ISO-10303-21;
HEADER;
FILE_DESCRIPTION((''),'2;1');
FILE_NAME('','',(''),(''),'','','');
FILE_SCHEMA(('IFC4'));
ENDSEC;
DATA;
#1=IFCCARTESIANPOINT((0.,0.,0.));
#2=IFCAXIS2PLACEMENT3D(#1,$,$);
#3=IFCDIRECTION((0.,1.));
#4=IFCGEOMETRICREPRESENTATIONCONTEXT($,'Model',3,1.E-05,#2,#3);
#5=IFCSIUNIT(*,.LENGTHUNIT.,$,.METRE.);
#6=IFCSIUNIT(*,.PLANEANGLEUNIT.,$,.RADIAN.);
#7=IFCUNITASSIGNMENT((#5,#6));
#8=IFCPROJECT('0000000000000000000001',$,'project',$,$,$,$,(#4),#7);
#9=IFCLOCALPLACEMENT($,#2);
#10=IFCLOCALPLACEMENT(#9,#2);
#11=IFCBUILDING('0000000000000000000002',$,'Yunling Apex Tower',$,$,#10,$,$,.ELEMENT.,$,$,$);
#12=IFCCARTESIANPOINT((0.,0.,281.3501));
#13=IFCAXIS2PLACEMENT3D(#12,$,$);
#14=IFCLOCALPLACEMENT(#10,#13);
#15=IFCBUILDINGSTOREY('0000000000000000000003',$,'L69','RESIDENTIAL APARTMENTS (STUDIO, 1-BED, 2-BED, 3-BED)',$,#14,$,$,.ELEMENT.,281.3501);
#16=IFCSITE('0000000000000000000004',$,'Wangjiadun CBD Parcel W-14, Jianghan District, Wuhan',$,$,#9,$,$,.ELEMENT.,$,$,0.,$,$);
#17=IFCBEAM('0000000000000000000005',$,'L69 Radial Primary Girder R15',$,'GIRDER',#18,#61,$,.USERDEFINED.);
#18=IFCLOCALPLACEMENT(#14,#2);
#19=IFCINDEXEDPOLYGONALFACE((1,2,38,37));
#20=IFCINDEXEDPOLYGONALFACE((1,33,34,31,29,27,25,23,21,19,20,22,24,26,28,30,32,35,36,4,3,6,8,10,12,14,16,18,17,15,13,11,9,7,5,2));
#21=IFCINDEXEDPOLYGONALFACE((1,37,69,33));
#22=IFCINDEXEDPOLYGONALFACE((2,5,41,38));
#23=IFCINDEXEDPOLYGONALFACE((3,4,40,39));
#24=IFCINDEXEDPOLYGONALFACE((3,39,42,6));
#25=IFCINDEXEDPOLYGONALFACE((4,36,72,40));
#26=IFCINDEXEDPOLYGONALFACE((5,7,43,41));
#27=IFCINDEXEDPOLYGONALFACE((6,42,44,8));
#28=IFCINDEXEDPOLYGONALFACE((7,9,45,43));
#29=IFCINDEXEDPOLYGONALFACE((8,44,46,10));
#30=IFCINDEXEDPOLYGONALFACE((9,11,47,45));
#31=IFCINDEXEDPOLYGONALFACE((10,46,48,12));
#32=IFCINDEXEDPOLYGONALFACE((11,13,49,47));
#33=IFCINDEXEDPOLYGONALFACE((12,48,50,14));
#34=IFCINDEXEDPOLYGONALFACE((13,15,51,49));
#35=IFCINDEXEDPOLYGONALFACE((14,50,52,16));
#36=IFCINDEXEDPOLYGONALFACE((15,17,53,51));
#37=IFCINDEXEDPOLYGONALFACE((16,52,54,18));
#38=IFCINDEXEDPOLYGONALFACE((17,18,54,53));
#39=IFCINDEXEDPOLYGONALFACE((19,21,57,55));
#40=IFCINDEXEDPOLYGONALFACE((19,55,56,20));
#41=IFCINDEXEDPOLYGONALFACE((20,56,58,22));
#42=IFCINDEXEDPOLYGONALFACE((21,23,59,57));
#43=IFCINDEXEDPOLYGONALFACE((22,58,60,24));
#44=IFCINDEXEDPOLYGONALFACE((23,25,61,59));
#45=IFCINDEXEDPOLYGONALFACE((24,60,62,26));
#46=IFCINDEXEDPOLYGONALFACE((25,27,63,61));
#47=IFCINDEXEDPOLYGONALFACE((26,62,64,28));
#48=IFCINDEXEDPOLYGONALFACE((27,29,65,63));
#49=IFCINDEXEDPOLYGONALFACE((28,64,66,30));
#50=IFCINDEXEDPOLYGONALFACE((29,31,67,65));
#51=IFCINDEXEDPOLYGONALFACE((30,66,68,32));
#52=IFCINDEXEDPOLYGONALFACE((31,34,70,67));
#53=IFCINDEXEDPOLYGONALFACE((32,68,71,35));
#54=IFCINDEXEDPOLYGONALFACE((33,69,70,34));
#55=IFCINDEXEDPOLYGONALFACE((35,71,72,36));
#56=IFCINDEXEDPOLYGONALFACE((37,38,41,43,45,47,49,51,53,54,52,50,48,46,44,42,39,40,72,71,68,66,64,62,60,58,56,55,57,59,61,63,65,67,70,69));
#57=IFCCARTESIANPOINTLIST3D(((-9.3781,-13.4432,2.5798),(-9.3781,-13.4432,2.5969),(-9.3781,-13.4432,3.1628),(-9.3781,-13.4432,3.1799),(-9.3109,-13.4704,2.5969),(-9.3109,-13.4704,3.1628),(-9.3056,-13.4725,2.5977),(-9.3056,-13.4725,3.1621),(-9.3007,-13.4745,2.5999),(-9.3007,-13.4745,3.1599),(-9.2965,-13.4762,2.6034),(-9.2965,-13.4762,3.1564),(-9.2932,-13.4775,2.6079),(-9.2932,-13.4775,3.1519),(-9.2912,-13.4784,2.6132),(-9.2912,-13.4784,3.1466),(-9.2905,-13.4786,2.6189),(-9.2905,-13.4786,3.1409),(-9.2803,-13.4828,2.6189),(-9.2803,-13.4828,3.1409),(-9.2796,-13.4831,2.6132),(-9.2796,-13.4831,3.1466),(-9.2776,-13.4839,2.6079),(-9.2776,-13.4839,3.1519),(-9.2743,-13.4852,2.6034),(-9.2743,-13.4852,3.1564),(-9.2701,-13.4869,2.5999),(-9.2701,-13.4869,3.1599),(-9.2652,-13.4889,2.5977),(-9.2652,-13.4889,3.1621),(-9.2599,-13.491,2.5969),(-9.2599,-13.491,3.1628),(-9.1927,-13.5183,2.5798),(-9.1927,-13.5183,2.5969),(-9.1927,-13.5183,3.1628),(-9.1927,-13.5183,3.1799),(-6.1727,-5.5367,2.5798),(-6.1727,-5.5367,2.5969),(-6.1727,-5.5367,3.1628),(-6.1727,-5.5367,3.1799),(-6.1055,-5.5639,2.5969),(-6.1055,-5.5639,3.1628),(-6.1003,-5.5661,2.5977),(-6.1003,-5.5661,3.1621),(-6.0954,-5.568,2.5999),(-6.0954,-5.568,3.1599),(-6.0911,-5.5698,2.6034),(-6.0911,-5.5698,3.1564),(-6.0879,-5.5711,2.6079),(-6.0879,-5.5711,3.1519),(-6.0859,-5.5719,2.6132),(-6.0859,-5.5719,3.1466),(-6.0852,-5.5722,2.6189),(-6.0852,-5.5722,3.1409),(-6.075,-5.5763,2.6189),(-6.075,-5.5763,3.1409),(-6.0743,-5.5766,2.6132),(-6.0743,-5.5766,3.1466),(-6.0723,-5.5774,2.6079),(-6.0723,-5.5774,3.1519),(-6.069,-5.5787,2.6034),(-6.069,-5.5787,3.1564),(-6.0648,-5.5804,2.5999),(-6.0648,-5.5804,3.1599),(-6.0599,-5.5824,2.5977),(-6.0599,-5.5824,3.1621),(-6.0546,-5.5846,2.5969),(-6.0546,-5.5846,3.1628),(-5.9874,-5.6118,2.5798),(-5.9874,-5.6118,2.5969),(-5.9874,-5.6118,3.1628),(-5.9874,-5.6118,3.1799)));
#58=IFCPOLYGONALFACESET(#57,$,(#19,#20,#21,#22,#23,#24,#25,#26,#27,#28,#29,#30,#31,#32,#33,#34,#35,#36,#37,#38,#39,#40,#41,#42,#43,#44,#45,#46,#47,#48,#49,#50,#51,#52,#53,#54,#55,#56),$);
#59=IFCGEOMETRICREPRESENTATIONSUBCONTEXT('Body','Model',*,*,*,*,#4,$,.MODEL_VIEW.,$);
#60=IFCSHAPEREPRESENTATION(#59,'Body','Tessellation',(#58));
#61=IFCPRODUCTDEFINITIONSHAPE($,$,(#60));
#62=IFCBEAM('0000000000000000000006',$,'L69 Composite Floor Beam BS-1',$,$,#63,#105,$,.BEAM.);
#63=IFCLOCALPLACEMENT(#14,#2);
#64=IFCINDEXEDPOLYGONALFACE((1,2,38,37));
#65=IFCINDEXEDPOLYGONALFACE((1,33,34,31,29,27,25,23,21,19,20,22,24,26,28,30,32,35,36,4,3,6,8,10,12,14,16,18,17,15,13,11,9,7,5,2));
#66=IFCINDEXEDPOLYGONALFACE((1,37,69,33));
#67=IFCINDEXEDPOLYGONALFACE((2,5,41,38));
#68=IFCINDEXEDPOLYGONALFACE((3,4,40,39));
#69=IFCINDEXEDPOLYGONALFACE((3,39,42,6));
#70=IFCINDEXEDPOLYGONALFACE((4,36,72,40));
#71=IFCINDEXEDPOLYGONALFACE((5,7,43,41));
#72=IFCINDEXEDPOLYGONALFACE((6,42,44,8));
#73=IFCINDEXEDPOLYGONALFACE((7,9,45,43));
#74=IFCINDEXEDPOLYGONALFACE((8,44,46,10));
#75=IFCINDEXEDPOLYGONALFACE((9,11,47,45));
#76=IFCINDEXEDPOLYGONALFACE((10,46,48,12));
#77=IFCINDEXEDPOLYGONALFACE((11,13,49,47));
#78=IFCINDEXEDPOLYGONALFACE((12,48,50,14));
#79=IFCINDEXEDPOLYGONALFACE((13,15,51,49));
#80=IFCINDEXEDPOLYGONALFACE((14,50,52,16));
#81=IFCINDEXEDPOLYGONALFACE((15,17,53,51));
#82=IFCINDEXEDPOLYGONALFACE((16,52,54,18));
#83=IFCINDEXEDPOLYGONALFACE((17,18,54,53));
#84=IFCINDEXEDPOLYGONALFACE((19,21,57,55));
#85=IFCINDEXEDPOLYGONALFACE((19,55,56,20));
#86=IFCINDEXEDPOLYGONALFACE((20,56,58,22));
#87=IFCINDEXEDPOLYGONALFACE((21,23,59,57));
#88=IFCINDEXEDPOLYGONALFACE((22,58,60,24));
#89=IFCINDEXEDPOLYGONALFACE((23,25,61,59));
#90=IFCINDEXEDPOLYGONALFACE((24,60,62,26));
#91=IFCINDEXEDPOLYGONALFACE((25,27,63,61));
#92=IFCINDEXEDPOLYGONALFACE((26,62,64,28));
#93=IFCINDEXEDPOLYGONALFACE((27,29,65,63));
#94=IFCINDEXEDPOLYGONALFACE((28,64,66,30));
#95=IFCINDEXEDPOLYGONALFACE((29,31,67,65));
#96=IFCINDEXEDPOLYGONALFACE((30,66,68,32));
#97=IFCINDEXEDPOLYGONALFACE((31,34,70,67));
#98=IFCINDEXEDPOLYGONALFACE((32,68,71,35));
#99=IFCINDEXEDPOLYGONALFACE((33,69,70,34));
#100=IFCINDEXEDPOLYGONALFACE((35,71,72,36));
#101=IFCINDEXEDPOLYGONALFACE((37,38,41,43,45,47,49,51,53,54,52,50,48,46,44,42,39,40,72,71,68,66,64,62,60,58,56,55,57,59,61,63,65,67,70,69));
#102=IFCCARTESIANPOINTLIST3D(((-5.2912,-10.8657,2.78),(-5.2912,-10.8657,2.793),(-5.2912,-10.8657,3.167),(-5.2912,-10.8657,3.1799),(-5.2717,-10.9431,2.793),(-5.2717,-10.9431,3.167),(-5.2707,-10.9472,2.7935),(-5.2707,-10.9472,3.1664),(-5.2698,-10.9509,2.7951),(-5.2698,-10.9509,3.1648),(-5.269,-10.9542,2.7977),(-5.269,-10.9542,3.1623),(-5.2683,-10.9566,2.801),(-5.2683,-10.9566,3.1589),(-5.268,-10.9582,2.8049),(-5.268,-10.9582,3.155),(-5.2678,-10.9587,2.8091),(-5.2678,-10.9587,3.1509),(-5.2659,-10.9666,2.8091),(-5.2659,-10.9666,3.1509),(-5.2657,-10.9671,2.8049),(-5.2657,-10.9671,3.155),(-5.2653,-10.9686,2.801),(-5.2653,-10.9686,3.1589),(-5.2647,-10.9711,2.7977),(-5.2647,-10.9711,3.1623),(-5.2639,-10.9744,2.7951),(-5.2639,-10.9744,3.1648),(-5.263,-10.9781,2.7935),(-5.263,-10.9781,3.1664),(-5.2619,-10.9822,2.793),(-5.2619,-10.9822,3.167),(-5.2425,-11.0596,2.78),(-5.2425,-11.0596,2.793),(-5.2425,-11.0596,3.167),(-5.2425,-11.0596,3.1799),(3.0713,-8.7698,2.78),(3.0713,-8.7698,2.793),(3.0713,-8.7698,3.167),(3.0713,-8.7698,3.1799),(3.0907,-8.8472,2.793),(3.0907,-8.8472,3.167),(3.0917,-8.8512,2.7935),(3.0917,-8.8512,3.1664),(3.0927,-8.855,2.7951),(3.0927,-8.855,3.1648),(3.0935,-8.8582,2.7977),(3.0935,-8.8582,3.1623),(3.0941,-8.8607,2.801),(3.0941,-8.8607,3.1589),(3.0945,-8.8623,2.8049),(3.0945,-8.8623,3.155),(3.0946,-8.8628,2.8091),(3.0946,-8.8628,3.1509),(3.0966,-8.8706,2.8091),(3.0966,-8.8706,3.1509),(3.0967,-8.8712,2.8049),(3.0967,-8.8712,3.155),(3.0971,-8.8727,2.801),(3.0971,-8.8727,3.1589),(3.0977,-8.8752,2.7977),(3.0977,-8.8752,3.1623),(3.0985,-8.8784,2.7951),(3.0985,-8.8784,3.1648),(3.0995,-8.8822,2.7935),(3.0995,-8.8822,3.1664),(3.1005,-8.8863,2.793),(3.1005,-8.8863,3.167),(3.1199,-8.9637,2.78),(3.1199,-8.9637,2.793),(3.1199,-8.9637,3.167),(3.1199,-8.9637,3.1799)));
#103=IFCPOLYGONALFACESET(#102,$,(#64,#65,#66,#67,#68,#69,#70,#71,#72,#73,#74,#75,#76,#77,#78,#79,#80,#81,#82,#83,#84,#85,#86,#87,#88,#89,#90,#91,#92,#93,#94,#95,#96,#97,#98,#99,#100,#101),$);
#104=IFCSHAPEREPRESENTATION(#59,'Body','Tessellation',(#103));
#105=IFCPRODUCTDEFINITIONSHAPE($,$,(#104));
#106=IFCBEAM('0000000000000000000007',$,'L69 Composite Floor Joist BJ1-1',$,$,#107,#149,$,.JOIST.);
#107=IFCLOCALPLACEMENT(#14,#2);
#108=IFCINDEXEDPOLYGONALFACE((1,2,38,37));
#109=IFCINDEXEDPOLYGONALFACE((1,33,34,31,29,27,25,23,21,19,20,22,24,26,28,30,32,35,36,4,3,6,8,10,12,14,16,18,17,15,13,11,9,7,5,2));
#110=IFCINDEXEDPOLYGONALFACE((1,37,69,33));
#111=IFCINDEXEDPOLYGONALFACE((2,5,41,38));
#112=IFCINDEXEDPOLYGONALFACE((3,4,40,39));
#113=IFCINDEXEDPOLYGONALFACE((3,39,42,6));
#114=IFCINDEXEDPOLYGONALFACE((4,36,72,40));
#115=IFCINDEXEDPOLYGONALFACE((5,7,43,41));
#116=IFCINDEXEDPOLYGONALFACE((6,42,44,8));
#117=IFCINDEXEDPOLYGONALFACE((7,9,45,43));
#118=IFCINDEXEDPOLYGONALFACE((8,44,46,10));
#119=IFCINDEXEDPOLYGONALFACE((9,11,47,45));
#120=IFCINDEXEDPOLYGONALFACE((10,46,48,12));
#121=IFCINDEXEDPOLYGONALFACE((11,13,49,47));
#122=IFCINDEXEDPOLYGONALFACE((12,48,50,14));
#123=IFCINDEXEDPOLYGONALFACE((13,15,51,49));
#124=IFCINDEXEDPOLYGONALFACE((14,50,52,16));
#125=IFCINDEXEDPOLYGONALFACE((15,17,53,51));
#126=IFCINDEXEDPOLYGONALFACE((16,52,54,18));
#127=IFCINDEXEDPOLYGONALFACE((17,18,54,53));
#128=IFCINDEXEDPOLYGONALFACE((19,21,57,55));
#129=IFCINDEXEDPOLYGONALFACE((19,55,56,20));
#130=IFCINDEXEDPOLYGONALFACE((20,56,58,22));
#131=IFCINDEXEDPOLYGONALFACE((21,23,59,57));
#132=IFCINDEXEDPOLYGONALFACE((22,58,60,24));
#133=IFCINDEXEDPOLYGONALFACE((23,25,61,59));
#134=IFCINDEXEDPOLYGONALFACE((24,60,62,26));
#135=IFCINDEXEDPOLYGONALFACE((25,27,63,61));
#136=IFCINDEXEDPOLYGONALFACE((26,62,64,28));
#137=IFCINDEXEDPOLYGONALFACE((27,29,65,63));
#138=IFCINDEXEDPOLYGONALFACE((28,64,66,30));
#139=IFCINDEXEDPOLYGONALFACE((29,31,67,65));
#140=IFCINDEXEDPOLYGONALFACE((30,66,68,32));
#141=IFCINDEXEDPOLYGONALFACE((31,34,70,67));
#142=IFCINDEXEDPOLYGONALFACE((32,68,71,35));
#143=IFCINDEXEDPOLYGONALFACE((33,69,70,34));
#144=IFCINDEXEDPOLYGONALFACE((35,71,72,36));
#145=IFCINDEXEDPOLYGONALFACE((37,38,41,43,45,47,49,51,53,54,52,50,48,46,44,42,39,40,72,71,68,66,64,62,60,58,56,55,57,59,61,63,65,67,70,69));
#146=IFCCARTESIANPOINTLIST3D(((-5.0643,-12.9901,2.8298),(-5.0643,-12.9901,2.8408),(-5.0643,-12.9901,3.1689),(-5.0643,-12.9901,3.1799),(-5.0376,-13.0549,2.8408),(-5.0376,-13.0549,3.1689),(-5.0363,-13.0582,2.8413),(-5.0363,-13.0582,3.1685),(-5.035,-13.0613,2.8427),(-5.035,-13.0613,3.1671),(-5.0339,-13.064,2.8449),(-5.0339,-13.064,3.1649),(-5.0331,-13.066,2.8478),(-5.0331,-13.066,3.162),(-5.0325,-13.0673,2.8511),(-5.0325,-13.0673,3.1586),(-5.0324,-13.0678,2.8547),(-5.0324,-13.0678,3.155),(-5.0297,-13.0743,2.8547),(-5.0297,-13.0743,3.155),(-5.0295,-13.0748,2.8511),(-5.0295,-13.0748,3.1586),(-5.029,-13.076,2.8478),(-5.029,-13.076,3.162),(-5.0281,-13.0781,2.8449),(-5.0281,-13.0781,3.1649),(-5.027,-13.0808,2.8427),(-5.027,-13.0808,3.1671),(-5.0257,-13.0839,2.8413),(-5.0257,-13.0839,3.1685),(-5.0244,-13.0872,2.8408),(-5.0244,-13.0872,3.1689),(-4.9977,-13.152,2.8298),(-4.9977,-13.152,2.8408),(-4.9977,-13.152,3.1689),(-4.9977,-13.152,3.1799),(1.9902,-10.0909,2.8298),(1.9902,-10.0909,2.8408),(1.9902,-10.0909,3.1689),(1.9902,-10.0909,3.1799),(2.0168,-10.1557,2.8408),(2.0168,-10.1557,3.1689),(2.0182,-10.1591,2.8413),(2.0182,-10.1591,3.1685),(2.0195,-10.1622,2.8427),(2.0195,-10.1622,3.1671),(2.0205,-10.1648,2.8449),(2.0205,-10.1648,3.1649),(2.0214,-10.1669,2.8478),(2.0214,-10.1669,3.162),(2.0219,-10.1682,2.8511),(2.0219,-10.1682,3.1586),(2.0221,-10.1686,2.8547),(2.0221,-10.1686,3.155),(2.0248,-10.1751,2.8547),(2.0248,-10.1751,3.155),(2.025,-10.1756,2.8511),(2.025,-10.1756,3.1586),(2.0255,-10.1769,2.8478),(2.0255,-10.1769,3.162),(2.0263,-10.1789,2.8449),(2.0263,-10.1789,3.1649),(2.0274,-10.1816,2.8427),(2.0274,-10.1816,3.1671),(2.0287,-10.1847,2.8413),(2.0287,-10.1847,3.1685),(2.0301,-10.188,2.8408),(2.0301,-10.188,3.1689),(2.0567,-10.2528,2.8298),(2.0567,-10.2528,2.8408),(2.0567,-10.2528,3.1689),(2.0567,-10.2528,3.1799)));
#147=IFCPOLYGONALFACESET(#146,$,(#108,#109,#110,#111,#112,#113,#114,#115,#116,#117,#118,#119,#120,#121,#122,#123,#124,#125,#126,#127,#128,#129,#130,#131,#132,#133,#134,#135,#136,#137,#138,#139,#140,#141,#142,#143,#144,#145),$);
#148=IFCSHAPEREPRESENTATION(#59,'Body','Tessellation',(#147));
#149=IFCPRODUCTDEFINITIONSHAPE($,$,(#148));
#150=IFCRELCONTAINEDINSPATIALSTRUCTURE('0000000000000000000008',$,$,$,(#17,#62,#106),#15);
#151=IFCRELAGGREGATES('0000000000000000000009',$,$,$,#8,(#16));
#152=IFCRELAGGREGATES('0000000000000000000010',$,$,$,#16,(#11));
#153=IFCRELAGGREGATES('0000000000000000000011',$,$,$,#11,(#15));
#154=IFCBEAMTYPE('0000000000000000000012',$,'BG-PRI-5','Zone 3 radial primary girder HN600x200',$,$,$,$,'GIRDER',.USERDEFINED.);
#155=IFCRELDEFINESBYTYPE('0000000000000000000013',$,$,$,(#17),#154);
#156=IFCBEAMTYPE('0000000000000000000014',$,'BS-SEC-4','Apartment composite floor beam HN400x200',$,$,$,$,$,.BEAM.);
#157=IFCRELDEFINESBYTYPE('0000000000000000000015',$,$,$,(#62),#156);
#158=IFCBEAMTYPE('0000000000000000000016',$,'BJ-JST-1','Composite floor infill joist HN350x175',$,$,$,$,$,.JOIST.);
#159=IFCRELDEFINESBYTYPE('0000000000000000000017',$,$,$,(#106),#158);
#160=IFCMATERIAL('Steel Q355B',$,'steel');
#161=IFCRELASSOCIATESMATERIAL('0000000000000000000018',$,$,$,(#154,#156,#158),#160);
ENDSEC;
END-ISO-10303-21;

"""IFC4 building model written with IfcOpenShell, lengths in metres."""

from ifc_helpers import new_model, si_unit, direction, frame, origin, origin_2d, place, context, subcontext, project, spatial, i_section, extrude, source, transform, mapped, material, material_profile, profile_set, type_object, element, save


model = new_model("IFC4")

# Units and contexts
model_context = context("Model", 3, precision=1e-05, world=origin(), true_north=direction((0.0, 1.0)))
body_context = subcontext(model_context, "Body", "Model", "MODEL_VIEW")
ifc_project = project(units=[si_unit("LENGTHUNIT", "METRE"), si_unit("PLANEANGLEUNIT", "RADIAN")], contexts=[model_context])

# Site, building, storey
site_placement = place(None, origin())
site = spatial("IfcSite", under=ifc_project, at=site_placement, Name="Wangjiadun CBD Parcel W-14, Jianghan District, Wuhan", CompositionType="ELEMENT", RefElevation=0.0)
building_placement = place(site_placement, origin())
building = spatial("IfcBuilding", under=site, at=building_placement, Name="Yunling Apex Tower", CompositionType="ELEMENT")
storey_placement = place(building_placement, frame((0.0, 0.0, 281.3501)))
storey = spatial("IfcBuildingStorey", under=building, at=storey_placement, Name="L69", Description="RESIDENTIAL APARTMENTS (STUDIO, 1-BED, 2-BED, 3-BED)", CompositionType="ELEMENT", Elevation=281.3501)

# Shared definitions
ifc_material_1 = material(Name="Steel Q355B", Category="steel")

# Beams
ifc_material_profile_1 = material_profile(ifc_material_1, i_section(OverallWidth=0.2, OverallDepth=0.6001, WebThickness=0.011, FlangeThickness=0.0171, FilletRadius=0.022, at=origin_2d()))
ifc_profile_set_1 = profile_set([ifc_material_profile_1], Name="Steel Q355B")
beam_type_1 = type_object("IfcBeamType", Name="BG-PRI-5", Description="Zone 3 radial primary girder HN600x200", ElementType="GIRDER", PredefinedType="USERDEFINED", material=ifc_profile_set_1)
shared_shape_1 = source(origin(), body_context, "Body", "SweptSolid", [
    extrude(i_section(OverallWidth=0.2, OverallDepth=0.6001, WebThickness=0.011, FlangeThickness=0.0171, FilletRadius=0.022, at=origin_2d()), origin(), (0.0, 0.0, 1.0), 8.5315),
])
beam_1_placement = place(storey_placement, frame((-9.2854, -13.4807, 2.8799), z_axis=(0.375704, 0.92674, 0.0), x_axis=(-0.92674, 0.375704, 0.0)))
element("IfcBeam", 1, at=beam_1_placement, inside=storey, type_object=beam_type_1, Name="L69 Radial Primary Girder R15", ObjectType="GIRDER", PredefinedType="USERDEFINED", context=body_context, shape_type="MappedRepresentation", body=[
    mapped(shared_shape_1, transform((0.0, 0.0, 0.0), scale=1.0)),
])
ifc_material_profile_2 = material_profile(ifc_material_1, i_section(OverallWidth=0.2, OverallDepth=0.3999, WebThickness=0.0081, FlangeThickness=0.0129, FilletRadius=0.0161, at=origin_2d()))
ifc_profile_set_2 = profile_set([ifc_material_profile_2], Name="Steel Q355B")
beam_type_2 = type_object("IfcBeamType", Name="BS-SEC-4", Description="Apartment composite floor beam HN400x200", PredefinedType="BEAM", material=ifc_profile_set_2)
shared_shape_2 = source(origin(), body_context, "Body", "SweptSolid", [
    extrude(i_section(OverallWidth=0.2, OverallDepth=0.3999, WebThickness=0.0081, FlangeThickness=0.0129, FilletRadius=0.0161, at=origin_2d()), origin(), (0.0, 0.0, 1.0), 8.6211),
])
beam_2_placement = place(storey_placement, frame((-5.2668, -10.9626, 2.98), z_axis=(0.969997, 0.243115, 0.0), x_axis=(-0.243115, 0.969997, 0.0)))
element("IfcBeam", 2, at=beam_2_placement, inside=storey, type_object=beam_type_2, Name="L69 Composite Floor Beam BS-1", PredefinedType="BEAM", context=body_context, shape_type="MappedRepresentation", body=[
    mapped(shared_shape_2, transform((0.0, 0.0, 0.0), scale=1.0)),
])
ifc_material_profile_3 = material_profile(ifc_material_1, i_section(OverallWidth=0.175, OverallDepth=0.3501, WebThickness=0.0071, FlangeThickness=0.011, FilletRadius=0.0139, at=origin_2d()))
ifc_profile_set_3 = profile_set([ifc_material_profile_3], Name="Steel Q355B")
beam_type_3 = type_object("IfcBeamType", Name="BJ-JST-1", Description="Composite floor infill joist HN350x175", PredefinedType="JOIST", material=ifc_profile_set_3)
shared_shape_3 = source(origin(), body_context, "Body", "SweptSolid", [
    extrude(i_section(OverallWidth=0.175, OverallDepth=0.3501, WebThickness=0.0071, FlangeThickness=0.011, FilletRadius=0.0139, at=origin_2d()), origin(), (0.0, 0.0, 1.0), 7.627),
])
beam_3_placement = place(storey_placement, frame((-5.031, -13.071, 3.0049), z_axis=(0.924936, 0.380122, 0.0), x_axis=(-0.380122, 0.924936, 0.0)))
element("IfcBeam", 3, at=beam_3_placement, inside=storey, type_object=beam_type_3, Name="L69 Composite Floor Joist BJ1-1", PredefinedType="JOIST", context=body_context, shape_type="MappedRepresentation", body=[
    mapped(shared_shape_3, transform((0.0, 0.0, 0.0), scale=1.0)),
])

save(model, "model.ifc")
